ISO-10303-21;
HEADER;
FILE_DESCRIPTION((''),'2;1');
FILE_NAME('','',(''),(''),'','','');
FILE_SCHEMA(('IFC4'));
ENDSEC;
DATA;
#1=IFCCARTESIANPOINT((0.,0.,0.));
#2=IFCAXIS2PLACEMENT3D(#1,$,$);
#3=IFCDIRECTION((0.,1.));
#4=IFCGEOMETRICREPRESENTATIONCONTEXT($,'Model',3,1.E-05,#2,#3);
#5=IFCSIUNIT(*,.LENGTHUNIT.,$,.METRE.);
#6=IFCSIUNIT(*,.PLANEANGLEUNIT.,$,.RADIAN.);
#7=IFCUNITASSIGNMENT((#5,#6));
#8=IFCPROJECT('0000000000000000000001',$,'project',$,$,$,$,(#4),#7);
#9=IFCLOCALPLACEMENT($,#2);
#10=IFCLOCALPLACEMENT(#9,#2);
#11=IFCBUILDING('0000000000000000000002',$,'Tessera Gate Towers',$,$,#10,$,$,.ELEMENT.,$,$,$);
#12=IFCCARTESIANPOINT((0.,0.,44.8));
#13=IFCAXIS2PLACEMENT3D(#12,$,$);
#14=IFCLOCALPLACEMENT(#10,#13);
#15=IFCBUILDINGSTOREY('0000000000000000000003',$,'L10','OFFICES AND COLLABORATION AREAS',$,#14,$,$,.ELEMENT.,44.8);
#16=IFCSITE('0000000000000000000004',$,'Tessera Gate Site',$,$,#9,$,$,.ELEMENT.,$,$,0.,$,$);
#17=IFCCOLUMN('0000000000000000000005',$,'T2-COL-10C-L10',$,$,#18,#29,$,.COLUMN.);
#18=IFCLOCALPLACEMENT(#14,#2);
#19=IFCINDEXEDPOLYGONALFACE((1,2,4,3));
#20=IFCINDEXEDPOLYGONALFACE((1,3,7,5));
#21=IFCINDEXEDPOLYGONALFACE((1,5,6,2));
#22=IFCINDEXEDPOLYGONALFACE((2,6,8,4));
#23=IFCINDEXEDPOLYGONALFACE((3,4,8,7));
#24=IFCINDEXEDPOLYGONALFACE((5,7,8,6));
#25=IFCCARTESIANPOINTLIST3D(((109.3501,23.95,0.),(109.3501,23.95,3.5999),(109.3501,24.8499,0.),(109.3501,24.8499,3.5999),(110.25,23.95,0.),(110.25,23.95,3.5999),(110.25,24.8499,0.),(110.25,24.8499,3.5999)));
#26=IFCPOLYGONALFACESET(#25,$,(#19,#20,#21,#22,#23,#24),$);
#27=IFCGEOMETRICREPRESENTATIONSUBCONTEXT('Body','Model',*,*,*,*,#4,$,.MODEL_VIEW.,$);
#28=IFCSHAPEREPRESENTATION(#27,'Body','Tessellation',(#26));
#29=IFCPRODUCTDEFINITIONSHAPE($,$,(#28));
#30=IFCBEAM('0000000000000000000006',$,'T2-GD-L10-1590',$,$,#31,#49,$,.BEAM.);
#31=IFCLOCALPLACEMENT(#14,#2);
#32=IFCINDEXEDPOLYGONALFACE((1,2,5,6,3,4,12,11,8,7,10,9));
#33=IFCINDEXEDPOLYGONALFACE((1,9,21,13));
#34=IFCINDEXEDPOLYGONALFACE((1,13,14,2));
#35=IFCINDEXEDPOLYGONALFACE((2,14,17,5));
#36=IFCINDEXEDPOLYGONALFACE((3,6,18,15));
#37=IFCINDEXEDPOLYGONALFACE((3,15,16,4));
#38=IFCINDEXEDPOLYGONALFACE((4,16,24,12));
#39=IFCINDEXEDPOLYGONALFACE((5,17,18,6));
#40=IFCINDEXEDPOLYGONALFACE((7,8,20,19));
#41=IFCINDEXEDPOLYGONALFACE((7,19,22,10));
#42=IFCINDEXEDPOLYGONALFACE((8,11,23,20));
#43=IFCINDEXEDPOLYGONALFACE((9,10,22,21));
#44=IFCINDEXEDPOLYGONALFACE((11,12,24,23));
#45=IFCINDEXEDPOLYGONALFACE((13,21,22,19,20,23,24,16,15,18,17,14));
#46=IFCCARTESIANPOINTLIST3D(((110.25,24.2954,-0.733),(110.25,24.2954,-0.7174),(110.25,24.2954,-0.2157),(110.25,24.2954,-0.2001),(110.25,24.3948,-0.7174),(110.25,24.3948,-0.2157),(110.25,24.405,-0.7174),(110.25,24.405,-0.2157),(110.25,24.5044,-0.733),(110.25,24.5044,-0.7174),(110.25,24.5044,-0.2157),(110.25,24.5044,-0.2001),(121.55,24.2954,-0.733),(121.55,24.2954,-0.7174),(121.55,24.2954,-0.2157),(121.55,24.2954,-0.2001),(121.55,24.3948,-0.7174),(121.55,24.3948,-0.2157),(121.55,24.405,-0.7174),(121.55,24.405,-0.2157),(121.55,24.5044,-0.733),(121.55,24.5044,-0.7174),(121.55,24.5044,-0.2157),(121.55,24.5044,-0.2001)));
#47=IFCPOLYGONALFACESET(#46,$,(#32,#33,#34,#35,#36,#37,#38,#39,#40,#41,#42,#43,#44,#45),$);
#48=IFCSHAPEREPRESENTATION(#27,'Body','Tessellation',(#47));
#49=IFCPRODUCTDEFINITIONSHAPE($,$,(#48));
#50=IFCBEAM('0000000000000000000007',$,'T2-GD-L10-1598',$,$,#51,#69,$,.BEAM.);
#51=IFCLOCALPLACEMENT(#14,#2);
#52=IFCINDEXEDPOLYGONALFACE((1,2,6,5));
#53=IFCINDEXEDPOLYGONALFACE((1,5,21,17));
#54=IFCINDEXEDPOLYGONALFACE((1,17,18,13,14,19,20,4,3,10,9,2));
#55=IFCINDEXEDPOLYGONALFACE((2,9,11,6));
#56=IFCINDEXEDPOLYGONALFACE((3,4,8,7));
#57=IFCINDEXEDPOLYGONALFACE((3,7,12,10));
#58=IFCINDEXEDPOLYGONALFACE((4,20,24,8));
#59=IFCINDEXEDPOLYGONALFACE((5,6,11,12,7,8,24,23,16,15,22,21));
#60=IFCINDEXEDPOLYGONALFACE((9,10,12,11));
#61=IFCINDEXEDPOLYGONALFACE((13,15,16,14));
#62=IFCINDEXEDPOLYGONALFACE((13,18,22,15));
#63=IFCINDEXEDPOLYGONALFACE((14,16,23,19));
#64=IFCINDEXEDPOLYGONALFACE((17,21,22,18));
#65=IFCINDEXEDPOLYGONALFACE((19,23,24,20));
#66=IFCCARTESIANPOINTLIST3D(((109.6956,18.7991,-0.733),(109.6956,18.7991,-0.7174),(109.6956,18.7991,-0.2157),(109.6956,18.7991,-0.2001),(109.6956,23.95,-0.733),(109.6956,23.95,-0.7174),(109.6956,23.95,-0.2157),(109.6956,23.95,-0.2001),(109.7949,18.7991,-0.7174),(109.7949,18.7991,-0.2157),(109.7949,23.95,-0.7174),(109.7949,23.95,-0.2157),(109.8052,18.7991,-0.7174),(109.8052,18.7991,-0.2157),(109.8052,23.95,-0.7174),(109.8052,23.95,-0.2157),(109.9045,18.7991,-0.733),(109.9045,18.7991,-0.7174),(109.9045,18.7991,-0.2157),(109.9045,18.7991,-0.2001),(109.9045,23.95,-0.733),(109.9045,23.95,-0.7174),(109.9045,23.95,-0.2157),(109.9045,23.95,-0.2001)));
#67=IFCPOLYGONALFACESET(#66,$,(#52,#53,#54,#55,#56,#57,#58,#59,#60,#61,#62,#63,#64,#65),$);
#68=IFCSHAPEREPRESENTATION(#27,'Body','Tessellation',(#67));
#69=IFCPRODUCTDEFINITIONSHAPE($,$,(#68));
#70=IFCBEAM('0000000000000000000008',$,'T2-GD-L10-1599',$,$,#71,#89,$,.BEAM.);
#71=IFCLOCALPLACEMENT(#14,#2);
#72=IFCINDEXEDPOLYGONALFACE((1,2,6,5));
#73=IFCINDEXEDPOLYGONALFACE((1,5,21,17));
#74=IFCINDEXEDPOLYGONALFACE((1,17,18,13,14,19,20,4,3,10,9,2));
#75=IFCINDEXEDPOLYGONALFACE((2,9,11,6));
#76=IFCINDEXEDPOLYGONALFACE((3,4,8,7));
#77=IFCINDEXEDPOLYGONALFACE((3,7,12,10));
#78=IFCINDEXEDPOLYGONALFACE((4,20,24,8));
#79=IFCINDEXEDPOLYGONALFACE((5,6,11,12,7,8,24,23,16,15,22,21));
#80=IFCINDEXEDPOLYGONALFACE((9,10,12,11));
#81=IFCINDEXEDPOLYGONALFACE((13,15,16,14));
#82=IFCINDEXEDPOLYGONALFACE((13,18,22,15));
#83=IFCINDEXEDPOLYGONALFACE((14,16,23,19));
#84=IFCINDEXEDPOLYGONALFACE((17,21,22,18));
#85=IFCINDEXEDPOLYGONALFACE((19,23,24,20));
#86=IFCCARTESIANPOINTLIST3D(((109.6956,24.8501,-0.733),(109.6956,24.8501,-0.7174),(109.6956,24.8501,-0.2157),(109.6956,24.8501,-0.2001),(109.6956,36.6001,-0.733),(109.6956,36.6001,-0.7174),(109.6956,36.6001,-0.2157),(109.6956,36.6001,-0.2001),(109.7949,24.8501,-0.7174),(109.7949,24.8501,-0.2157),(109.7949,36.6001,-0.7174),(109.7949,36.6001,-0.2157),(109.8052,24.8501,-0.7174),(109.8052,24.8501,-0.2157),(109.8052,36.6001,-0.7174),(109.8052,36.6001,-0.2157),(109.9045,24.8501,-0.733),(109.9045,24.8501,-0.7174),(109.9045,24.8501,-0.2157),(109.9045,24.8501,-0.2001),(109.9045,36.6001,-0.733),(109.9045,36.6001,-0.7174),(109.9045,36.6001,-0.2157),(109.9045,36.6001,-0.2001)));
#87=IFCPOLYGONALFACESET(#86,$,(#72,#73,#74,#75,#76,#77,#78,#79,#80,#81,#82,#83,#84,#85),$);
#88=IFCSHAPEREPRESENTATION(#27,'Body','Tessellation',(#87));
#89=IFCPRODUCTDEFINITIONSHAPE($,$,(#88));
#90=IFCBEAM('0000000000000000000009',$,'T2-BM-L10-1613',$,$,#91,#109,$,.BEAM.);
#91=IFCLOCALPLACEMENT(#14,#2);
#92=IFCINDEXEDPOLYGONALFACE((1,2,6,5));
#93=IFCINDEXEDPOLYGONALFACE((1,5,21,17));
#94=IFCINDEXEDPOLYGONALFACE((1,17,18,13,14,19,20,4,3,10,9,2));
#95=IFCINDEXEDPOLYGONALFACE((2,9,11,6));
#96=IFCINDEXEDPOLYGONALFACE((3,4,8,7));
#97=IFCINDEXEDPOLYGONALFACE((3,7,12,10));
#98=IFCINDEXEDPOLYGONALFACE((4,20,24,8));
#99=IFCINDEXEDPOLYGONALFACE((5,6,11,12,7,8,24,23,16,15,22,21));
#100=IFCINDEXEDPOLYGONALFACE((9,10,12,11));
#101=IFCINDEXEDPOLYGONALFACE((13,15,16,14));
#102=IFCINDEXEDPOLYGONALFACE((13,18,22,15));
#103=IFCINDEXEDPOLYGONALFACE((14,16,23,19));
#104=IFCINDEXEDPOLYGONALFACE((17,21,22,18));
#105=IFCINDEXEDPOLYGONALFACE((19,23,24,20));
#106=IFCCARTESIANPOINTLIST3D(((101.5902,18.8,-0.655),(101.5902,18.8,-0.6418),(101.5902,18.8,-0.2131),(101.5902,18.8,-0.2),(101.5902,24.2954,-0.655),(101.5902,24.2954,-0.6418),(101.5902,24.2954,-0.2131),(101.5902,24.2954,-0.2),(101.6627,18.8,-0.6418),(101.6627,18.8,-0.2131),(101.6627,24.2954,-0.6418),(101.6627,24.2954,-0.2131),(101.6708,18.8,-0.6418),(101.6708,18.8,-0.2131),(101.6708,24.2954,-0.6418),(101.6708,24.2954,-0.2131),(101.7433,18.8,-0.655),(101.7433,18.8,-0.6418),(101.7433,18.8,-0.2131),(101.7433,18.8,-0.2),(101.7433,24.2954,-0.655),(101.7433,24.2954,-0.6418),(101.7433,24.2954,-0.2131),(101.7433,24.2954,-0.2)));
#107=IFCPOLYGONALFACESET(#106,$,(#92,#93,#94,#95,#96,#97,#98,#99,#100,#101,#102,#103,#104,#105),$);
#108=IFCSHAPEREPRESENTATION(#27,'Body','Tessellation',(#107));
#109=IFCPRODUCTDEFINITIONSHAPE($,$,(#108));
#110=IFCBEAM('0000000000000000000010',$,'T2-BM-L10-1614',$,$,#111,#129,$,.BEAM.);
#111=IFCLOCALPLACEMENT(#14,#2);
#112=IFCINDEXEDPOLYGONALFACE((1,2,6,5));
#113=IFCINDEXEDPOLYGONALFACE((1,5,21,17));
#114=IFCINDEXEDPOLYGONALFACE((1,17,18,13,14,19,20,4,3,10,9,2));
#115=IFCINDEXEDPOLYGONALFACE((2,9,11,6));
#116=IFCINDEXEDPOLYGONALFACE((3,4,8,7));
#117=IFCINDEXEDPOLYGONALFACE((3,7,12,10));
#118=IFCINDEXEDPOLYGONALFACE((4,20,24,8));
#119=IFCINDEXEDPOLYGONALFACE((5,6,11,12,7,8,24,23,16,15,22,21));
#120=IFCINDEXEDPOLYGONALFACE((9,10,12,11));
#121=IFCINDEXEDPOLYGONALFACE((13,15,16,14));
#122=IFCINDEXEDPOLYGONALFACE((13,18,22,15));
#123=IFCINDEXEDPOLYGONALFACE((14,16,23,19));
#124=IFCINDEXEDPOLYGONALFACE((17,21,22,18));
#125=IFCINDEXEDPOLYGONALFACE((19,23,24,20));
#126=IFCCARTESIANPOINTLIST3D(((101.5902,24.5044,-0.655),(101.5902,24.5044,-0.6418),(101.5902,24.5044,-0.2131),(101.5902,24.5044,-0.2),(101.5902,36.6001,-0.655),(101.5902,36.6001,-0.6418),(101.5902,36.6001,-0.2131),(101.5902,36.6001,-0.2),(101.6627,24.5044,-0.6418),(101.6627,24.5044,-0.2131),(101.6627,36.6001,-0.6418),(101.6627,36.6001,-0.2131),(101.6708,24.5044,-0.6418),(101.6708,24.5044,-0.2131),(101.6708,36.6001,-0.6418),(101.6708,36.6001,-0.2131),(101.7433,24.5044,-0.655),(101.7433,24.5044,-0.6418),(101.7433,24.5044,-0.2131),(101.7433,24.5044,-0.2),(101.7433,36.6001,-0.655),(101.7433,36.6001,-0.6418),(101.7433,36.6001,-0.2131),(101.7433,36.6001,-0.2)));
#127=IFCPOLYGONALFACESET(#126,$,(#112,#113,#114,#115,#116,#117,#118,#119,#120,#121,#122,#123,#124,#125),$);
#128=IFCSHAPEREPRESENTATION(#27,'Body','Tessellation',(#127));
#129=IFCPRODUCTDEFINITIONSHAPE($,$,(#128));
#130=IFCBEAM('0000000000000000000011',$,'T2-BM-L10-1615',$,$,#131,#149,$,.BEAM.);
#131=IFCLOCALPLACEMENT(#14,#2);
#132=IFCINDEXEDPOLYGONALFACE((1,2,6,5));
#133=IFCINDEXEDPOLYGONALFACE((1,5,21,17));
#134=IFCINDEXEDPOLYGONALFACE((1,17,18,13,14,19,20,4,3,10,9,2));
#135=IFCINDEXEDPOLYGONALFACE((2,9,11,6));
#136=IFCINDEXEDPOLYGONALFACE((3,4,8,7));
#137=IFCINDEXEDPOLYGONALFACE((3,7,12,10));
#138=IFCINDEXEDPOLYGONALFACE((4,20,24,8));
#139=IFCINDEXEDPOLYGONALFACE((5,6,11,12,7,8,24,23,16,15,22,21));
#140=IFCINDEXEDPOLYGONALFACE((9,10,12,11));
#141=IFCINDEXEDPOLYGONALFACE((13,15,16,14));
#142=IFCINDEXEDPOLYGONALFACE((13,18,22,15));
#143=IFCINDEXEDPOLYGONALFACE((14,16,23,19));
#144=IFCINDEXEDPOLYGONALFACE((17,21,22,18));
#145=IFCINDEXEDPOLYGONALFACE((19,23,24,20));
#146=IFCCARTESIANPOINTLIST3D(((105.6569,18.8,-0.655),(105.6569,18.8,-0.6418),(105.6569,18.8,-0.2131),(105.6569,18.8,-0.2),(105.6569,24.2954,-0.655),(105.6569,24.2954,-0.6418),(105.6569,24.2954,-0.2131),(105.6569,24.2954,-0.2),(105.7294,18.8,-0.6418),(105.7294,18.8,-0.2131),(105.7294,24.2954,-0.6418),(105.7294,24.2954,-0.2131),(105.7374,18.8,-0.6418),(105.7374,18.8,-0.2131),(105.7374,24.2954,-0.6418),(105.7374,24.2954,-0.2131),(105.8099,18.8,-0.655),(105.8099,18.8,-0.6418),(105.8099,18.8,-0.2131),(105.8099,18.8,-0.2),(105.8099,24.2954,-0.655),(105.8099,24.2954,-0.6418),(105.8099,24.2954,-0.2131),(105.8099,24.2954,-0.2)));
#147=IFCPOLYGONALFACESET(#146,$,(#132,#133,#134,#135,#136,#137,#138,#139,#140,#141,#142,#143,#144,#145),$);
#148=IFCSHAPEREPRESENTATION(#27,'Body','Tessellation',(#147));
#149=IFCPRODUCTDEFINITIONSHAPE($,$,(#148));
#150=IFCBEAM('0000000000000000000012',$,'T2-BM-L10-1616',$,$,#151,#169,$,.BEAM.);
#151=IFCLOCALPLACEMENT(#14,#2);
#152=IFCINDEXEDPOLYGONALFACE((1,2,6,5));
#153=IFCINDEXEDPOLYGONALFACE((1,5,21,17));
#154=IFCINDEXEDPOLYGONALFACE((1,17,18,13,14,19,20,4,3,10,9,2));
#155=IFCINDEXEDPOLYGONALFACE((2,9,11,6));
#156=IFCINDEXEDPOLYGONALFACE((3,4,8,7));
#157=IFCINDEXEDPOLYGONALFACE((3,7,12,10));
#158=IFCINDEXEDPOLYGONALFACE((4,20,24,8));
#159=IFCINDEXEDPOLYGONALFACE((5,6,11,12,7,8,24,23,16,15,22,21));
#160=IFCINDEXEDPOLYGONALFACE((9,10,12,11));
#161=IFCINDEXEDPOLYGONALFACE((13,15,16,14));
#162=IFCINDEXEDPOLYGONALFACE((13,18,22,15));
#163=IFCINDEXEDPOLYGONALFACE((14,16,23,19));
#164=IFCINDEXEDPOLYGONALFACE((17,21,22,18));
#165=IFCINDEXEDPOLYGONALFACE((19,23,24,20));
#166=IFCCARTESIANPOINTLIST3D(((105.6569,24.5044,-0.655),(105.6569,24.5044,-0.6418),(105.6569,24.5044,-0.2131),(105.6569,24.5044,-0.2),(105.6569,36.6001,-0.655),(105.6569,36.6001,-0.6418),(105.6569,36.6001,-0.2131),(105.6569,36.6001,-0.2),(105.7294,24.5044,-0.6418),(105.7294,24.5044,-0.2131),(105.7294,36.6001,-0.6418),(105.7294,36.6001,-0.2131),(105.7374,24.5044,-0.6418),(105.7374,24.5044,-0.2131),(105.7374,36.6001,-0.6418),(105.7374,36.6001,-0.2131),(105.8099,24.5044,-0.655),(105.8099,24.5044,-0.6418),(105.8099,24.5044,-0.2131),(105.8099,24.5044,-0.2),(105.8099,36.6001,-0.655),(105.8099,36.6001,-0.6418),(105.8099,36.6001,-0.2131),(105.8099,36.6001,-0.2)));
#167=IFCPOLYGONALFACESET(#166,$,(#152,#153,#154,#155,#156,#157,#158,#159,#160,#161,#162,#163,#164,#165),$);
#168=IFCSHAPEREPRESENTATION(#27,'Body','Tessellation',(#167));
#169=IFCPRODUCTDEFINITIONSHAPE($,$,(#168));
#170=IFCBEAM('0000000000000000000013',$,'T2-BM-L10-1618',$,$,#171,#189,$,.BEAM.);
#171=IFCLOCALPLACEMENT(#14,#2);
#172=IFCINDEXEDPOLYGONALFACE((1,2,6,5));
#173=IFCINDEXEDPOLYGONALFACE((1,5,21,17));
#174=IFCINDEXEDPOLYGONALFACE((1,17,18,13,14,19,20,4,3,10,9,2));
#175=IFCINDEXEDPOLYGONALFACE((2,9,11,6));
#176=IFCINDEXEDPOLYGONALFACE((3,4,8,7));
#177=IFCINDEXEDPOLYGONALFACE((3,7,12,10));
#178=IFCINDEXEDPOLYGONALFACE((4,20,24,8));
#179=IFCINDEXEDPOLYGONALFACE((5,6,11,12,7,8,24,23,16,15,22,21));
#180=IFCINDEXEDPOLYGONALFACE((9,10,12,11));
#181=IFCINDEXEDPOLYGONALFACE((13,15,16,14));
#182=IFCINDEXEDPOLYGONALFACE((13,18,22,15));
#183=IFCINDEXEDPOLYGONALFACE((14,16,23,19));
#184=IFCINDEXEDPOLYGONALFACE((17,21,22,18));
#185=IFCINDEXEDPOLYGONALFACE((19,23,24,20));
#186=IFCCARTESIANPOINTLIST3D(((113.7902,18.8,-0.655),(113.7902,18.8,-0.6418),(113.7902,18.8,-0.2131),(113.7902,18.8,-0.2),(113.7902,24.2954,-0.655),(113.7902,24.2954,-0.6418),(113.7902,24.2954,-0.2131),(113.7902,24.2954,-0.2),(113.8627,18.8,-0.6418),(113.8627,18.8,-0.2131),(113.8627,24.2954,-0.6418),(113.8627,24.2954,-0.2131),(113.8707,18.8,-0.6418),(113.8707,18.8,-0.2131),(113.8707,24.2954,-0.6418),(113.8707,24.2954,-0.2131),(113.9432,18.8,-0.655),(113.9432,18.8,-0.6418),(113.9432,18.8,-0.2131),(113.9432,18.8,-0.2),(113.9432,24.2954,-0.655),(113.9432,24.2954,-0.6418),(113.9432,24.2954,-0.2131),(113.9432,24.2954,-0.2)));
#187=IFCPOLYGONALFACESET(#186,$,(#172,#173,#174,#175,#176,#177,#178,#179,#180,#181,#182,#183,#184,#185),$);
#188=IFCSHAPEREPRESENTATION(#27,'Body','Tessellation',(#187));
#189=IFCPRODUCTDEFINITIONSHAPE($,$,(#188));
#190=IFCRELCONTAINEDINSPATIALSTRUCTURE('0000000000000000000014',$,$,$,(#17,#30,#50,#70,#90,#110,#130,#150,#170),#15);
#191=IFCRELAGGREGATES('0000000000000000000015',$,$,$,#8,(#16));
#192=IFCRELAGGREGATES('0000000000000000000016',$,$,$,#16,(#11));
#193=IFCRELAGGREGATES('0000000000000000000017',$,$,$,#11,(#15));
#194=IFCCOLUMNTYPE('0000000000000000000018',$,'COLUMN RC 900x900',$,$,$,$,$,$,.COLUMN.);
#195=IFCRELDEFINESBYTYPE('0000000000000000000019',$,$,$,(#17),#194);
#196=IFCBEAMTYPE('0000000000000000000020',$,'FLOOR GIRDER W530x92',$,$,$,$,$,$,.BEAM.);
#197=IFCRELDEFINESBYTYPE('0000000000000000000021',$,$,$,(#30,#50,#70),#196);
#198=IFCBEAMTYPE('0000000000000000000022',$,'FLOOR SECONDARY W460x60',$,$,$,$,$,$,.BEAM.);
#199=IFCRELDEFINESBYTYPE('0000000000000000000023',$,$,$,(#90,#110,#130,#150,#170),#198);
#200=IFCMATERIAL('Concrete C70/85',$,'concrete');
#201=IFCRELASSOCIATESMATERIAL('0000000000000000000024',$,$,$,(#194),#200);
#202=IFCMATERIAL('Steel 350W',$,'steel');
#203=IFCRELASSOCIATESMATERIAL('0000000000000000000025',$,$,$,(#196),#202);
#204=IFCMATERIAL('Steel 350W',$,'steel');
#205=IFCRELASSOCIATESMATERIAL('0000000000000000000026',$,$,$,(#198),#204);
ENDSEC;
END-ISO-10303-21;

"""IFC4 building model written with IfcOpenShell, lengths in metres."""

from ifc_helpers import new_model, si_unit, direction, frame, origin, origin_2d, place, context, subcontext, project, spatial, rectangle, i_section, extrude, material, material_profile, profile_set, type_object, element, save


model = new_model("IFC4")

# Units and contexts
model_context = context("Model", 3, precision=1e-05, world=origin(), true_north=direction((0.0, 1.0)))
body_context = subcontext(model_context, "Body", "Model", "MODEL_VIEW")
ifc_project = project(units=[si_unit("LENGTHUNIT", "METRE"), si_unit("PLANEANGLEUNIT", "RADIAN")], contexts=[model_context])

# Site, building, storey
site_placement = place(None, origin())
site = spatial("IfcSite", under=ifc_project, at=site_placement, Name="Tessera Gate Site", CompositionType="ELEMENT", RefElevation=0.0)
building_placement = place(site_placement, origin())
building = spatial("IfcBuilding", under=site, at=building_placement, Name="Tessera Gate Towers", CompositionType="ELEMENT")
storey_placement = place(building_placement, frame((0.0, 0.0, 44.8)))
storey = spatial("IfcBuildingStorey", under=building, at=storey_placement, Name="L10", Description="OFFICES AND COLLABORATION AREAS", CompositionType="ELEMENT", Elevation=44.8)

# Column
ifc_material_1 = material(Name="Concrete C70/85", Category="concrete")
ifc_material_profile_1 = material_profile(ifc_material_1, rectangle(XDim=0.8999, YDim=0.8999, at=origin_2d()), Name="RC 900x900")
ifc_profile_set_1 = profile_set([ifc_material_profile_1], Name="Concrete C70/85")
column_type = type_object("IfcColumnType", Name="COLUMN RC 900x900", PredefinedType="COLUMN", material=ifc_profile_set_1)
column_placement = place(storey_placement, frame((109.8, 24.3999, 0.0), z_axis=(0.0, 0.0, 1.0), x_axis=(1.0, 0.0, 0.0)))
element("IfcColumn", 1, at=column_placement, inside=storey, type_object=column_type, Name="T2-COL-10C-L10", PredefinedType="COLUMN", context=body_context, shape_type="SweptSolid", body=[
    extrude(rectangle(XDim=0.8999, YDim=0.8999, at=origin_2d()), origin(), (0.0, 0.0, 1.0), 3.5999),
])

# Beams
ifc_material_2 = material(Name="Steel 350W", Category="steel")
ifc_material_profile_2 = material_profile(ifc_material_2, i_section(OverallWidth=0.209, OverallDepth=0.533, WebThickness=0.0103, FlangeThickness=0.0156, at=origin_2d()), Name="W530x92")
ifc_profile_set_2 = profile_set([ifc_material_profile_2], Name="Steel 350W")
beam_type_1 = type_object("IfcBeamType", Name="FLOOR GIRDER W530x92", PredefinedType="BEAM", material=ifc_profile_set_2)
beam_1_placement = place(storey_placement, frame((110.25, 24.3999, -0.4666), z_axis=(1.0, 0.0, 0.0), x_axis=(0.0, 1.0, 0.0)))
element("IfcBeam", 2, at=beam_1_placement, inside=storey, type_object=beam_type_1, Name="T2-GD-L10-1590", PredefinedType="BEAM", context=body_context, shape_type="SweptSolid", body=[
    extrude(i_section(OverallWidth=0.209, OverallDepth=0.533, WebThickness=0.0103, FlangeThickness=0.0156, at=origin_2d()), origin(), (0.0, 0.0, 1.0), 11.3),
])
beam_2_placement = place(storey_placement, frame((109.8, 18.7991, -0.4666), z_axis=(0.0, 1.0, 0.0), x_axis=(-1.0, 0.0, 0.0)))
element("IfcBeam", 3, at=beam_2_placement, inside=storey, type_object=beam_type_1, Name="T2-GD-L10-1598", PredefinedType="BEAM", context=body_context, shape_type="SweptSolid", body=[
    extrude(i_section(OverallWidth=0.209, OverallDepth=0.533, WebThickness=0.0103, FlangeThickness=0.0156, at=origin_2d()), origin(), (0.0, 0.0, 1.0), 5.1509),
])
beam_3_placement = place(storey_placement, frame((109.8, 24.8501, -0.4666), z_axis=(0.0, 1.0, 0.0), x_axis=(-1.0, 0.0, 0.0)))
element("IfcBeam", 4, at=beam_3_placement, inside=storey, type_object=beam_type_1, Name="T2-GD-L10-1599", PredefinedType="BEAM", context=body_context, shape_type="SweptSolid", body=[
    extrude(i_section(OverallWidth=0.209, OverallDepth=0.533, WebThickness=0.0103, FlangeThickness=0.0156, at=origin_2d()), origin(), (0.0, 0.0, 1.0), 11.75),
])
ifc_material_3 = material(Name="Steel 350W", Category="steel")
ifc_material_profile_3 = material_profile(ifc_material_3, i_section(OverallWidth=0.1531, OverallDepth=0.4551, WebThickness=0.0081, FlangeThickness=0.0132, at=origin_2d()), Name="W460x60")
ifc_profile_set_3 = profile_set([ifc_material_profile_3], Name="Steel 350W")
beam_type_2 = type_object("IfcBeamType", Name="FLOOR SECONDARY W460x60", PredefinedType="BEAM", material=ifc_profile_set_3)
beam_4_placement = place(storey_placement, frame((101.6667, 18.8, -0.4275), z_axis=(0.0, 1.0, 0.0), x_axis=(-1.0, 0.0, 0.0)))
element("IfcBeam", 5, at=beam_4_placement, inside=storey, type_object=beam_type_2, Name="T2-BM-L10-1613", PredefinedType="BEAM", context=body_context, shape_type="SweptSolid", body=[
    extrude(i_section(OverallWidth=0.1531, OverallDepth=0.4551, WebThickness=0.0081, FlangeThickness=0.0132, at=origin_2d()), origin(), (0.0, 0.0, 1.0), 5.4954),
])
beam_5_placement = place(storey_placement, frame((101.6667, 24.5044, -0.4275), z_axis=(0.0, 1.0, 0.0), x_axis=(-1.0, 0.0, 0.0)))
element("IfcBeam", 6, at=beam_5_placement, inside=storey, type_object=beam_type_2, Name="T2-BM-L10-1614", PredefinedType="BEAM", context=body_context, shape_type="SweptSolid", body=[
    extrude(i_section(OverallWidth=0.1531, OverallDepth=0.4551, WebThickness=0.0081, FlangeThickness=0.0132, at=origin_2d()), origin(), (0.0, 0.0, 1.0), 12.0957),
])
beam_6_placement = place(storey_placement, frame((105.7334, 18.8, -0.4275), z_axis=(0.0, 1.0, 0.0), x_axis=(-1.0, 0.0, 0.0)))
element("IfcBeam", 7, at=beam_6_placement, inside=storey, type_object=beam_type_2, Name="T2-BM-L10-1615", PredefinedType="BEAM", context=body_context, shape_type="SweptSolid", body=[
    extrude(i_section(OverallWidth=0.1531, OverallDepth=0.4551, WebThickness=0.0081, FlangeThickness=0.0132, at=origin_2d()), origin(), (0.0, 0.0, 1.0), 5.4954),
])
beam_7_placement = place(storey_placement, frame((105.7334, 24.5044, -0.4275), z_axis=(0.0, 1.0, 0.0), x_axis=(-1.0, 0.0, 0.0)))
element("IfcBeam", 8, at=beam_7_placement, inside=storey, type_object=beam_type_2, Name="T2-BM-L10-1616", PredefinedType="BEAM", context=body_context, shape_type="SweptSolid", body=[
    extrude(i_section(OverallWidth=0.1531, OverallDepth=0.4551, WebThickness=0.0081, FlangeThickness=0.0132, at=origin_2d()), origin(), (0.0, 0.0, 1.0), 12.0957),
])
beam_8_placement = place(storey_placement, frame((113.8667, 18.8, -0.4275), z_axis=(0.0, 1.0, 0.0), x_axis=(-1.0, 0.0, 0.0)))
element("IfcBeam", 9, at=beam_8_placement, inside=storey, type_object=beam_type_2, Name="T2-BM-L10-1618", PredefinedType="BEAM", context=body_context, shape_type="SweptSolid", body=[
    extrude(i_section(OverallWidth=0.1531, OverallDepth=0.4551, WebThickness=0.0081, FlangeThickness=0.0132, at=origin_2d()), origin(), (0.0, 0.0, 1.0), 5.4954),
])

save(model, "model.ifc")
